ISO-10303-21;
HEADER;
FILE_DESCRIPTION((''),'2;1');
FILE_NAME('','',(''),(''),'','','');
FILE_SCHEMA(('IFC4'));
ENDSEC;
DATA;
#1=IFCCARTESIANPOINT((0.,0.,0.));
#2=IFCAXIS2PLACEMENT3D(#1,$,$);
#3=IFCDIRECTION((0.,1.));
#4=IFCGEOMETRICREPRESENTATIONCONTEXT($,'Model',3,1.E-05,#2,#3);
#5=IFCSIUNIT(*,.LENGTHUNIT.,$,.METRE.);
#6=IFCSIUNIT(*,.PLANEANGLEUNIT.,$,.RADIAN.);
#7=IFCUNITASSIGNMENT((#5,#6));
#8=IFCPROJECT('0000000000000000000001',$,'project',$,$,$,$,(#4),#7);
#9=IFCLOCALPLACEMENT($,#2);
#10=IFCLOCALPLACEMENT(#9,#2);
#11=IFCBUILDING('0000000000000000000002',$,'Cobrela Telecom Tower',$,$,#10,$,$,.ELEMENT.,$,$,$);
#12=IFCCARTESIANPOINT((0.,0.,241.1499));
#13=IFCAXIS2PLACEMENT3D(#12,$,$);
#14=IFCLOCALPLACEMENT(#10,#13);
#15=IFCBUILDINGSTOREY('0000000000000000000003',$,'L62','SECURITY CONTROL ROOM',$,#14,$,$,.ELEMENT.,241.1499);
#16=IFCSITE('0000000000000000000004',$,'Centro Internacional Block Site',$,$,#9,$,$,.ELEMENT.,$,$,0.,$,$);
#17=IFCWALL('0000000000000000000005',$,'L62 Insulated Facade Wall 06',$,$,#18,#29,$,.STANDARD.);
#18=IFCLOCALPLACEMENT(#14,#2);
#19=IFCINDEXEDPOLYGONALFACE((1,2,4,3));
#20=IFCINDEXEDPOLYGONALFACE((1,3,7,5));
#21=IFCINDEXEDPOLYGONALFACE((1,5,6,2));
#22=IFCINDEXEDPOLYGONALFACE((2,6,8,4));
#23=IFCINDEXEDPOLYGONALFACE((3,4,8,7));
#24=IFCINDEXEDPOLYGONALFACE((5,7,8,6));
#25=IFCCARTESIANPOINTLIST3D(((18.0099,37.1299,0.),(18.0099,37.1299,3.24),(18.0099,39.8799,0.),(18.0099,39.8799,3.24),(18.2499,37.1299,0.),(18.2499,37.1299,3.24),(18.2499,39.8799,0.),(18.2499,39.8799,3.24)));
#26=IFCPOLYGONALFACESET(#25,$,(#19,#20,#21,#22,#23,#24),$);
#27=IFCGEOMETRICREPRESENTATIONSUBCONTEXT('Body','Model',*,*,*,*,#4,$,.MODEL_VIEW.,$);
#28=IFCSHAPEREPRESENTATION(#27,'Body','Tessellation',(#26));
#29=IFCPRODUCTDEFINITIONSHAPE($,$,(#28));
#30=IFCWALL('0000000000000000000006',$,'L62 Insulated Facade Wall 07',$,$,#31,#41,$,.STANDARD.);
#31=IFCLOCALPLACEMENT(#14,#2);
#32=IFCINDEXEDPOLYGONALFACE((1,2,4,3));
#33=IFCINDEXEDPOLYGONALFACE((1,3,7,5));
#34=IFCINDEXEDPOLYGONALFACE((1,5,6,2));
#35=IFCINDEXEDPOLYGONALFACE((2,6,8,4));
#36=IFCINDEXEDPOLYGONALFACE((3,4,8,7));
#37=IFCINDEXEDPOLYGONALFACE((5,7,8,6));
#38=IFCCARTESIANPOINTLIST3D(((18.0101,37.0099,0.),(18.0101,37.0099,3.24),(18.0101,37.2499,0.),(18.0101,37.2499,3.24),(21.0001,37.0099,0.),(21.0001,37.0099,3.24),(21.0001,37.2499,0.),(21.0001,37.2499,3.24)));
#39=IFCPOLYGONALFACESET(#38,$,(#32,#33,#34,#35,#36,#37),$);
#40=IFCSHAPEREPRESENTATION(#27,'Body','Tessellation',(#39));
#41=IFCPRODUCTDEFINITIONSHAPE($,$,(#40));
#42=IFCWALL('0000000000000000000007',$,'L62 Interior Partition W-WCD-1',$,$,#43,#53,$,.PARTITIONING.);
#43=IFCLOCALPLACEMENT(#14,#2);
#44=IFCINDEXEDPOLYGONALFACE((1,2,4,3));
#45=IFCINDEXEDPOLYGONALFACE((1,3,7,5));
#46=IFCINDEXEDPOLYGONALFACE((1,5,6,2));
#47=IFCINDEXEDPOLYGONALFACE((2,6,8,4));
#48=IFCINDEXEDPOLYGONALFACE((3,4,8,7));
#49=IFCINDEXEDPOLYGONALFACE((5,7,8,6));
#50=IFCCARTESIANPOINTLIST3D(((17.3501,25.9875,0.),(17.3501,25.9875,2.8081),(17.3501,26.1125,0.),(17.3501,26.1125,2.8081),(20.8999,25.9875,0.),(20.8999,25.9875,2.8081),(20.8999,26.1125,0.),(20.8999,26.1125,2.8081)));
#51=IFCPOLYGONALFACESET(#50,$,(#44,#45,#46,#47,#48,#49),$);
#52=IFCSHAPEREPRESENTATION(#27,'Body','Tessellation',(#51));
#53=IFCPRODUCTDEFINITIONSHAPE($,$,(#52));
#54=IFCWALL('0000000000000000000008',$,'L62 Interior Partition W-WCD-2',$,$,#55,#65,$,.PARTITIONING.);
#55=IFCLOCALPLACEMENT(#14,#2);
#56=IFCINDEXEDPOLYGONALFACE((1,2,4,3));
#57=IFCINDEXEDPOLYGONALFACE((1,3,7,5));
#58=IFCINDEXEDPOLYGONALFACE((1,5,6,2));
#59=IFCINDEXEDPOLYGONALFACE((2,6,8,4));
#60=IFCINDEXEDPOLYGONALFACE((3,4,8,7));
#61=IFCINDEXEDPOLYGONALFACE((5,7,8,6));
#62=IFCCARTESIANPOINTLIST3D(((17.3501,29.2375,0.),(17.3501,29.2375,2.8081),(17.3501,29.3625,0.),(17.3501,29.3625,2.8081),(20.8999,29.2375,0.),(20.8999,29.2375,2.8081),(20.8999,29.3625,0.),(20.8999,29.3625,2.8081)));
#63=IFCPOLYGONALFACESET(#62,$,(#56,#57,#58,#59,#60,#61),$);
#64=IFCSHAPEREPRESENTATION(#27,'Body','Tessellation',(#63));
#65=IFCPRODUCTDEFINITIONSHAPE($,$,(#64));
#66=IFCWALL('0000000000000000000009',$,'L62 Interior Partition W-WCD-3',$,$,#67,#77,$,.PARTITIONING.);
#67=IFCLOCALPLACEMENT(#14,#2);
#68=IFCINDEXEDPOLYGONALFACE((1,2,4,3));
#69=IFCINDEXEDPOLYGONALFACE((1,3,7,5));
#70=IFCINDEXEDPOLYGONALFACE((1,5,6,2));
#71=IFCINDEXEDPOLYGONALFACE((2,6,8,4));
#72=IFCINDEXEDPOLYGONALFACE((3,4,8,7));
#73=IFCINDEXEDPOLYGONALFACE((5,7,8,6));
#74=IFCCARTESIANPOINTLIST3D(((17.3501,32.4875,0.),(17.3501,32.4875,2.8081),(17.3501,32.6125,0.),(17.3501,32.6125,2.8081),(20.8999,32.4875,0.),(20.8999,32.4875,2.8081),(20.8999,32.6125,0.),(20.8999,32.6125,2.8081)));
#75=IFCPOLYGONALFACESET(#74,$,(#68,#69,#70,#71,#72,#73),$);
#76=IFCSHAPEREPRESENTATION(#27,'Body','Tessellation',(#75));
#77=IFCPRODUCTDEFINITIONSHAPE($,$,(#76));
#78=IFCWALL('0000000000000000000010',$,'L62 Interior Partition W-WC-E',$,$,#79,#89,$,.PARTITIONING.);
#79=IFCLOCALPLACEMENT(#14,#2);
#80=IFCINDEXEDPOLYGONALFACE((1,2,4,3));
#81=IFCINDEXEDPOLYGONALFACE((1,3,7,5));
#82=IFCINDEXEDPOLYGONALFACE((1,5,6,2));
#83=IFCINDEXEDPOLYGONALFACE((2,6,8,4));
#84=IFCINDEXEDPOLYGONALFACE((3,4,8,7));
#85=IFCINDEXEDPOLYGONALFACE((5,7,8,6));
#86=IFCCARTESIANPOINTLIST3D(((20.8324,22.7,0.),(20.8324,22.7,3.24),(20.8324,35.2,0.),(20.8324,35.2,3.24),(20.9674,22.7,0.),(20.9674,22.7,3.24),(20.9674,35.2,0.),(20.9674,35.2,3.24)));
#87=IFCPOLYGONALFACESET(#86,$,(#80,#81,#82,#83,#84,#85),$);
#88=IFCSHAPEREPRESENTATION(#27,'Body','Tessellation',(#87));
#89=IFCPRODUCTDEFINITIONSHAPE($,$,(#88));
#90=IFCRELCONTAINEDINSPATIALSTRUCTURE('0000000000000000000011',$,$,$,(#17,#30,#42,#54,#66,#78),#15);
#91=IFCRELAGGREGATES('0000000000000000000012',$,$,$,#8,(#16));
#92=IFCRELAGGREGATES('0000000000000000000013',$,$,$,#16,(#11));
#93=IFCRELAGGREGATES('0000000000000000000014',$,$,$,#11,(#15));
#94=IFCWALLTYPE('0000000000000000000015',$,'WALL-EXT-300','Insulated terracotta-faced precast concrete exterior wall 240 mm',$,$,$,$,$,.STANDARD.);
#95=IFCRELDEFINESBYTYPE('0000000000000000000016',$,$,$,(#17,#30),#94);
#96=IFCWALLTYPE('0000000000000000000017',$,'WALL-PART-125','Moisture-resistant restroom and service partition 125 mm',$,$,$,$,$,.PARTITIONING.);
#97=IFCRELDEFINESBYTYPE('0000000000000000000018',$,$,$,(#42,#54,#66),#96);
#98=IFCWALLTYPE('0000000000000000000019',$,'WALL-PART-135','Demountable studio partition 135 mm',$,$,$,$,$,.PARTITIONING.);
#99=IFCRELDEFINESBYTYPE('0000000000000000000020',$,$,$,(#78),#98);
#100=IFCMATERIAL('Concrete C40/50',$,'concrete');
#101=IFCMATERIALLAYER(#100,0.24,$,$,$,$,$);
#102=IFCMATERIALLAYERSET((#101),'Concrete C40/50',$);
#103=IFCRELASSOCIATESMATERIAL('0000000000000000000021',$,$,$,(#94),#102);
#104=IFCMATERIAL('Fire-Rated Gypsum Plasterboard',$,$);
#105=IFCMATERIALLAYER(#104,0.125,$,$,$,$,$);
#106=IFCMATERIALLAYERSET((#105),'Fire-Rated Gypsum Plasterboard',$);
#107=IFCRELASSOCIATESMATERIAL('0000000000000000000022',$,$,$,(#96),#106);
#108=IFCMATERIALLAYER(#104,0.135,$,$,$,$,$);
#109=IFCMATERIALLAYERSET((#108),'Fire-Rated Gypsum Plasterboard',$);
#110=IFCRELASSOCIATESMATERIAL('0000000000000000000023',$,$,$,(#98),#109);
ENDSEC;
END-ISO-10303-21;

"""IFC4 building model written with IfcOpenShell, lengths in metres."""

from ifc_helpers import new_model, si_unit, direction, frame, frame_2d, origin, place, context, subcontext, project, spatial, rectangle, extrude, material, layer, layer_set, type_object, element, save


model = new_model("IFC4")

# Units and contexts
model_context = context("Model", 3, precision=1e-05, world=origin(), true_north=direction((0.0, 1.0)))
body_context = subcontext(model_context, "Body", "Model", "MODEL_VIEW")
ifc_project = project(units=[si_unit("LENGTHUNIT", "METRE"), si_unit("PLANEANGLEUNIT", "RADIAN")], contexts=[model_context])

# Site, building, storey
site_placement = place(None, origin())
site = spatial("IfcSite", under=ifc_project, at=site_placement, Name="Centro Internacional Block Site", CompositionType="ELEMENT", RefElevation=0.0)
building_placement = place(site_placement, origin())
building = spatial("IfcBuilding", under=site, at=building_placement, Name="Cobrela Telecom Tower", CompositionType="ELEMENT")
storey_placement = place(building_placement, frame((0.0, 0.0, 241.1499)))
storey = spatial("IfcBuildingStorey", under=building, at=storey_placement, Name="L62", Description="SECURITY CONTROL ROOM", CompositionType="ELEMENT", Elevation=241.1499)

# Walls
ifc_material_1 = material(Name="Concrete C40/50", Category="concrete")
ifc_layer_1 = layer(ifc_material_1, 0.24)
ifc_layer_set_1 = layer_set([ifc_layer_1], Name="Concrete C40/50")
wall_type_1 = type_object("IfcWallType", Name="WALL-EXT-300", Description="Insulated terracotta-faced precast concrete exterior wall 240 mm", PredefinedType="STANDARD", material=ifc_layer_set_1)
wall_1_placement = place(storey_placement, frame((18.1299, 39.8799, 0.0), z_axis=(0.0, 0.0, 1.0), x_axis=(0.0, -1.0, 0.0)))
element("IfcWall", 1, at=wall_1_placement, inside=storey, type_object=wall_type_1, Name="L62 Insulated Facade Wall 06", PredefinedType="STANDARD", context=body_context, shape_type="SweptSolid", body=[
    extrude(rectangle(XDim=2.75, YDim=0.24, at=frame_2d((1.375, 0.0))), origin(), (0.0, 0.0, 1.0), 3.24),
])
wall_2_placement = place(storey_placement, frame((18.01, 37.1299, 0.0), z_axis=(0.0, 0.0, 1.0), x_axis=(1.0, 0.0, 0.0)))
element("IfcWall", 2, at=wall_2_placement, inside=storey, type_object=wall_type_1, Name="L62 Insulated Facade Wall 07", PredefinedType="STANDARD", context=body_context, shape_type="SweptSolid", body=[
    extrude(rectangle(XDim=2.99, YDim=0.24, at=frame_2d((1.4951, 0.0))), origin(), (0.0, 0.0, 1.0), 3.24),
])
ifc_material_2 = material(Name="Fire-Rated Gypsum Plasterboard")
ifc_layer_2 = layer(ifc_material_2, 0.125)
ifc_layer_set_2 = layer_set([ifc_layer_2], Name="Fire-Rated Gypsum Plasterboard")
wall_type_2 = type_object("IfcWallType", Name="WALL-PART-125", Description="Moisture-resistant restroom and service partition 125 mm", PredefinedType="PARTITIONING", material=ifc_layer_set_2)
for number, where, z_axis, x_axis, name in (
    (3, (17.3501, 26.05, 0.0), (0.0, 0.0, 1.0), (1.0, 0.0, 0.0), "L62 Interior Partition W-WCD-1"),
    (4, (17.3501, 29.3, 0.0), (0.0, 0.0, 1.0), (1.0, 0.0, 0.0), "L62 Interior Partition W-WCD-2"),
    (5, (17.3501, 32.55, 0.0), (0.0, 0.0, 1.0), (1.0, 0.0, 0.0), "L62 Interior Partition W-WCD-3"),
):
    element("IfcWall", number, at=place(storey_placement, frame(where, z_axis=z_axis, x_axis=x_axis)), inside=storey, type_object=wall_type_2, Name=name, PredefinedType="PARTITIONING", context=body_context, shape_type="SweptSolid", body=[
        extrude(rectangle(XDim=3.5498, YDim=0.125, at=frame_2d((1.7749, 0.0))), origin(), (0.0, 0.0, 1.0), 2.8081),
    ])
ifc_layer_3 = layer(ifc_material_2, 0.135)
ifc_layer_set_3 = layer_set([ifc_layer_3], Name="Fire-Rated Gypsum Plasterboard")
wall_type_3 = type_object("IfcWallType", Name="WALL-PART-135", Description="Demountable studio partition 135 mm", PredefinedType="PARTITIONING", material=ifc_layer_set_3)
wall_3_placement = place(storey_placement, frame((20.8999, 22.7, 0.0), z_axis=(0.0, 0.0, 1.0), x_axis=(0.0, 1.0, 0.0)))
element("IfcWall", 6, at=wall_3_placement, inside=storey, type_object=wall_type_3, Name="L62 Interior Partition W-WC-E", PredefinedType="PARTITIONING", context=body_context, shape_type="SweptSolid", body=[
    extrude(rectangle(XDim=12.5, YDim=0.135, at=frame_2d((6.25, 0.0))), origin(), (0.0, 0.0, 1.0), 3.24),
])

save(model, "model.ifc")
